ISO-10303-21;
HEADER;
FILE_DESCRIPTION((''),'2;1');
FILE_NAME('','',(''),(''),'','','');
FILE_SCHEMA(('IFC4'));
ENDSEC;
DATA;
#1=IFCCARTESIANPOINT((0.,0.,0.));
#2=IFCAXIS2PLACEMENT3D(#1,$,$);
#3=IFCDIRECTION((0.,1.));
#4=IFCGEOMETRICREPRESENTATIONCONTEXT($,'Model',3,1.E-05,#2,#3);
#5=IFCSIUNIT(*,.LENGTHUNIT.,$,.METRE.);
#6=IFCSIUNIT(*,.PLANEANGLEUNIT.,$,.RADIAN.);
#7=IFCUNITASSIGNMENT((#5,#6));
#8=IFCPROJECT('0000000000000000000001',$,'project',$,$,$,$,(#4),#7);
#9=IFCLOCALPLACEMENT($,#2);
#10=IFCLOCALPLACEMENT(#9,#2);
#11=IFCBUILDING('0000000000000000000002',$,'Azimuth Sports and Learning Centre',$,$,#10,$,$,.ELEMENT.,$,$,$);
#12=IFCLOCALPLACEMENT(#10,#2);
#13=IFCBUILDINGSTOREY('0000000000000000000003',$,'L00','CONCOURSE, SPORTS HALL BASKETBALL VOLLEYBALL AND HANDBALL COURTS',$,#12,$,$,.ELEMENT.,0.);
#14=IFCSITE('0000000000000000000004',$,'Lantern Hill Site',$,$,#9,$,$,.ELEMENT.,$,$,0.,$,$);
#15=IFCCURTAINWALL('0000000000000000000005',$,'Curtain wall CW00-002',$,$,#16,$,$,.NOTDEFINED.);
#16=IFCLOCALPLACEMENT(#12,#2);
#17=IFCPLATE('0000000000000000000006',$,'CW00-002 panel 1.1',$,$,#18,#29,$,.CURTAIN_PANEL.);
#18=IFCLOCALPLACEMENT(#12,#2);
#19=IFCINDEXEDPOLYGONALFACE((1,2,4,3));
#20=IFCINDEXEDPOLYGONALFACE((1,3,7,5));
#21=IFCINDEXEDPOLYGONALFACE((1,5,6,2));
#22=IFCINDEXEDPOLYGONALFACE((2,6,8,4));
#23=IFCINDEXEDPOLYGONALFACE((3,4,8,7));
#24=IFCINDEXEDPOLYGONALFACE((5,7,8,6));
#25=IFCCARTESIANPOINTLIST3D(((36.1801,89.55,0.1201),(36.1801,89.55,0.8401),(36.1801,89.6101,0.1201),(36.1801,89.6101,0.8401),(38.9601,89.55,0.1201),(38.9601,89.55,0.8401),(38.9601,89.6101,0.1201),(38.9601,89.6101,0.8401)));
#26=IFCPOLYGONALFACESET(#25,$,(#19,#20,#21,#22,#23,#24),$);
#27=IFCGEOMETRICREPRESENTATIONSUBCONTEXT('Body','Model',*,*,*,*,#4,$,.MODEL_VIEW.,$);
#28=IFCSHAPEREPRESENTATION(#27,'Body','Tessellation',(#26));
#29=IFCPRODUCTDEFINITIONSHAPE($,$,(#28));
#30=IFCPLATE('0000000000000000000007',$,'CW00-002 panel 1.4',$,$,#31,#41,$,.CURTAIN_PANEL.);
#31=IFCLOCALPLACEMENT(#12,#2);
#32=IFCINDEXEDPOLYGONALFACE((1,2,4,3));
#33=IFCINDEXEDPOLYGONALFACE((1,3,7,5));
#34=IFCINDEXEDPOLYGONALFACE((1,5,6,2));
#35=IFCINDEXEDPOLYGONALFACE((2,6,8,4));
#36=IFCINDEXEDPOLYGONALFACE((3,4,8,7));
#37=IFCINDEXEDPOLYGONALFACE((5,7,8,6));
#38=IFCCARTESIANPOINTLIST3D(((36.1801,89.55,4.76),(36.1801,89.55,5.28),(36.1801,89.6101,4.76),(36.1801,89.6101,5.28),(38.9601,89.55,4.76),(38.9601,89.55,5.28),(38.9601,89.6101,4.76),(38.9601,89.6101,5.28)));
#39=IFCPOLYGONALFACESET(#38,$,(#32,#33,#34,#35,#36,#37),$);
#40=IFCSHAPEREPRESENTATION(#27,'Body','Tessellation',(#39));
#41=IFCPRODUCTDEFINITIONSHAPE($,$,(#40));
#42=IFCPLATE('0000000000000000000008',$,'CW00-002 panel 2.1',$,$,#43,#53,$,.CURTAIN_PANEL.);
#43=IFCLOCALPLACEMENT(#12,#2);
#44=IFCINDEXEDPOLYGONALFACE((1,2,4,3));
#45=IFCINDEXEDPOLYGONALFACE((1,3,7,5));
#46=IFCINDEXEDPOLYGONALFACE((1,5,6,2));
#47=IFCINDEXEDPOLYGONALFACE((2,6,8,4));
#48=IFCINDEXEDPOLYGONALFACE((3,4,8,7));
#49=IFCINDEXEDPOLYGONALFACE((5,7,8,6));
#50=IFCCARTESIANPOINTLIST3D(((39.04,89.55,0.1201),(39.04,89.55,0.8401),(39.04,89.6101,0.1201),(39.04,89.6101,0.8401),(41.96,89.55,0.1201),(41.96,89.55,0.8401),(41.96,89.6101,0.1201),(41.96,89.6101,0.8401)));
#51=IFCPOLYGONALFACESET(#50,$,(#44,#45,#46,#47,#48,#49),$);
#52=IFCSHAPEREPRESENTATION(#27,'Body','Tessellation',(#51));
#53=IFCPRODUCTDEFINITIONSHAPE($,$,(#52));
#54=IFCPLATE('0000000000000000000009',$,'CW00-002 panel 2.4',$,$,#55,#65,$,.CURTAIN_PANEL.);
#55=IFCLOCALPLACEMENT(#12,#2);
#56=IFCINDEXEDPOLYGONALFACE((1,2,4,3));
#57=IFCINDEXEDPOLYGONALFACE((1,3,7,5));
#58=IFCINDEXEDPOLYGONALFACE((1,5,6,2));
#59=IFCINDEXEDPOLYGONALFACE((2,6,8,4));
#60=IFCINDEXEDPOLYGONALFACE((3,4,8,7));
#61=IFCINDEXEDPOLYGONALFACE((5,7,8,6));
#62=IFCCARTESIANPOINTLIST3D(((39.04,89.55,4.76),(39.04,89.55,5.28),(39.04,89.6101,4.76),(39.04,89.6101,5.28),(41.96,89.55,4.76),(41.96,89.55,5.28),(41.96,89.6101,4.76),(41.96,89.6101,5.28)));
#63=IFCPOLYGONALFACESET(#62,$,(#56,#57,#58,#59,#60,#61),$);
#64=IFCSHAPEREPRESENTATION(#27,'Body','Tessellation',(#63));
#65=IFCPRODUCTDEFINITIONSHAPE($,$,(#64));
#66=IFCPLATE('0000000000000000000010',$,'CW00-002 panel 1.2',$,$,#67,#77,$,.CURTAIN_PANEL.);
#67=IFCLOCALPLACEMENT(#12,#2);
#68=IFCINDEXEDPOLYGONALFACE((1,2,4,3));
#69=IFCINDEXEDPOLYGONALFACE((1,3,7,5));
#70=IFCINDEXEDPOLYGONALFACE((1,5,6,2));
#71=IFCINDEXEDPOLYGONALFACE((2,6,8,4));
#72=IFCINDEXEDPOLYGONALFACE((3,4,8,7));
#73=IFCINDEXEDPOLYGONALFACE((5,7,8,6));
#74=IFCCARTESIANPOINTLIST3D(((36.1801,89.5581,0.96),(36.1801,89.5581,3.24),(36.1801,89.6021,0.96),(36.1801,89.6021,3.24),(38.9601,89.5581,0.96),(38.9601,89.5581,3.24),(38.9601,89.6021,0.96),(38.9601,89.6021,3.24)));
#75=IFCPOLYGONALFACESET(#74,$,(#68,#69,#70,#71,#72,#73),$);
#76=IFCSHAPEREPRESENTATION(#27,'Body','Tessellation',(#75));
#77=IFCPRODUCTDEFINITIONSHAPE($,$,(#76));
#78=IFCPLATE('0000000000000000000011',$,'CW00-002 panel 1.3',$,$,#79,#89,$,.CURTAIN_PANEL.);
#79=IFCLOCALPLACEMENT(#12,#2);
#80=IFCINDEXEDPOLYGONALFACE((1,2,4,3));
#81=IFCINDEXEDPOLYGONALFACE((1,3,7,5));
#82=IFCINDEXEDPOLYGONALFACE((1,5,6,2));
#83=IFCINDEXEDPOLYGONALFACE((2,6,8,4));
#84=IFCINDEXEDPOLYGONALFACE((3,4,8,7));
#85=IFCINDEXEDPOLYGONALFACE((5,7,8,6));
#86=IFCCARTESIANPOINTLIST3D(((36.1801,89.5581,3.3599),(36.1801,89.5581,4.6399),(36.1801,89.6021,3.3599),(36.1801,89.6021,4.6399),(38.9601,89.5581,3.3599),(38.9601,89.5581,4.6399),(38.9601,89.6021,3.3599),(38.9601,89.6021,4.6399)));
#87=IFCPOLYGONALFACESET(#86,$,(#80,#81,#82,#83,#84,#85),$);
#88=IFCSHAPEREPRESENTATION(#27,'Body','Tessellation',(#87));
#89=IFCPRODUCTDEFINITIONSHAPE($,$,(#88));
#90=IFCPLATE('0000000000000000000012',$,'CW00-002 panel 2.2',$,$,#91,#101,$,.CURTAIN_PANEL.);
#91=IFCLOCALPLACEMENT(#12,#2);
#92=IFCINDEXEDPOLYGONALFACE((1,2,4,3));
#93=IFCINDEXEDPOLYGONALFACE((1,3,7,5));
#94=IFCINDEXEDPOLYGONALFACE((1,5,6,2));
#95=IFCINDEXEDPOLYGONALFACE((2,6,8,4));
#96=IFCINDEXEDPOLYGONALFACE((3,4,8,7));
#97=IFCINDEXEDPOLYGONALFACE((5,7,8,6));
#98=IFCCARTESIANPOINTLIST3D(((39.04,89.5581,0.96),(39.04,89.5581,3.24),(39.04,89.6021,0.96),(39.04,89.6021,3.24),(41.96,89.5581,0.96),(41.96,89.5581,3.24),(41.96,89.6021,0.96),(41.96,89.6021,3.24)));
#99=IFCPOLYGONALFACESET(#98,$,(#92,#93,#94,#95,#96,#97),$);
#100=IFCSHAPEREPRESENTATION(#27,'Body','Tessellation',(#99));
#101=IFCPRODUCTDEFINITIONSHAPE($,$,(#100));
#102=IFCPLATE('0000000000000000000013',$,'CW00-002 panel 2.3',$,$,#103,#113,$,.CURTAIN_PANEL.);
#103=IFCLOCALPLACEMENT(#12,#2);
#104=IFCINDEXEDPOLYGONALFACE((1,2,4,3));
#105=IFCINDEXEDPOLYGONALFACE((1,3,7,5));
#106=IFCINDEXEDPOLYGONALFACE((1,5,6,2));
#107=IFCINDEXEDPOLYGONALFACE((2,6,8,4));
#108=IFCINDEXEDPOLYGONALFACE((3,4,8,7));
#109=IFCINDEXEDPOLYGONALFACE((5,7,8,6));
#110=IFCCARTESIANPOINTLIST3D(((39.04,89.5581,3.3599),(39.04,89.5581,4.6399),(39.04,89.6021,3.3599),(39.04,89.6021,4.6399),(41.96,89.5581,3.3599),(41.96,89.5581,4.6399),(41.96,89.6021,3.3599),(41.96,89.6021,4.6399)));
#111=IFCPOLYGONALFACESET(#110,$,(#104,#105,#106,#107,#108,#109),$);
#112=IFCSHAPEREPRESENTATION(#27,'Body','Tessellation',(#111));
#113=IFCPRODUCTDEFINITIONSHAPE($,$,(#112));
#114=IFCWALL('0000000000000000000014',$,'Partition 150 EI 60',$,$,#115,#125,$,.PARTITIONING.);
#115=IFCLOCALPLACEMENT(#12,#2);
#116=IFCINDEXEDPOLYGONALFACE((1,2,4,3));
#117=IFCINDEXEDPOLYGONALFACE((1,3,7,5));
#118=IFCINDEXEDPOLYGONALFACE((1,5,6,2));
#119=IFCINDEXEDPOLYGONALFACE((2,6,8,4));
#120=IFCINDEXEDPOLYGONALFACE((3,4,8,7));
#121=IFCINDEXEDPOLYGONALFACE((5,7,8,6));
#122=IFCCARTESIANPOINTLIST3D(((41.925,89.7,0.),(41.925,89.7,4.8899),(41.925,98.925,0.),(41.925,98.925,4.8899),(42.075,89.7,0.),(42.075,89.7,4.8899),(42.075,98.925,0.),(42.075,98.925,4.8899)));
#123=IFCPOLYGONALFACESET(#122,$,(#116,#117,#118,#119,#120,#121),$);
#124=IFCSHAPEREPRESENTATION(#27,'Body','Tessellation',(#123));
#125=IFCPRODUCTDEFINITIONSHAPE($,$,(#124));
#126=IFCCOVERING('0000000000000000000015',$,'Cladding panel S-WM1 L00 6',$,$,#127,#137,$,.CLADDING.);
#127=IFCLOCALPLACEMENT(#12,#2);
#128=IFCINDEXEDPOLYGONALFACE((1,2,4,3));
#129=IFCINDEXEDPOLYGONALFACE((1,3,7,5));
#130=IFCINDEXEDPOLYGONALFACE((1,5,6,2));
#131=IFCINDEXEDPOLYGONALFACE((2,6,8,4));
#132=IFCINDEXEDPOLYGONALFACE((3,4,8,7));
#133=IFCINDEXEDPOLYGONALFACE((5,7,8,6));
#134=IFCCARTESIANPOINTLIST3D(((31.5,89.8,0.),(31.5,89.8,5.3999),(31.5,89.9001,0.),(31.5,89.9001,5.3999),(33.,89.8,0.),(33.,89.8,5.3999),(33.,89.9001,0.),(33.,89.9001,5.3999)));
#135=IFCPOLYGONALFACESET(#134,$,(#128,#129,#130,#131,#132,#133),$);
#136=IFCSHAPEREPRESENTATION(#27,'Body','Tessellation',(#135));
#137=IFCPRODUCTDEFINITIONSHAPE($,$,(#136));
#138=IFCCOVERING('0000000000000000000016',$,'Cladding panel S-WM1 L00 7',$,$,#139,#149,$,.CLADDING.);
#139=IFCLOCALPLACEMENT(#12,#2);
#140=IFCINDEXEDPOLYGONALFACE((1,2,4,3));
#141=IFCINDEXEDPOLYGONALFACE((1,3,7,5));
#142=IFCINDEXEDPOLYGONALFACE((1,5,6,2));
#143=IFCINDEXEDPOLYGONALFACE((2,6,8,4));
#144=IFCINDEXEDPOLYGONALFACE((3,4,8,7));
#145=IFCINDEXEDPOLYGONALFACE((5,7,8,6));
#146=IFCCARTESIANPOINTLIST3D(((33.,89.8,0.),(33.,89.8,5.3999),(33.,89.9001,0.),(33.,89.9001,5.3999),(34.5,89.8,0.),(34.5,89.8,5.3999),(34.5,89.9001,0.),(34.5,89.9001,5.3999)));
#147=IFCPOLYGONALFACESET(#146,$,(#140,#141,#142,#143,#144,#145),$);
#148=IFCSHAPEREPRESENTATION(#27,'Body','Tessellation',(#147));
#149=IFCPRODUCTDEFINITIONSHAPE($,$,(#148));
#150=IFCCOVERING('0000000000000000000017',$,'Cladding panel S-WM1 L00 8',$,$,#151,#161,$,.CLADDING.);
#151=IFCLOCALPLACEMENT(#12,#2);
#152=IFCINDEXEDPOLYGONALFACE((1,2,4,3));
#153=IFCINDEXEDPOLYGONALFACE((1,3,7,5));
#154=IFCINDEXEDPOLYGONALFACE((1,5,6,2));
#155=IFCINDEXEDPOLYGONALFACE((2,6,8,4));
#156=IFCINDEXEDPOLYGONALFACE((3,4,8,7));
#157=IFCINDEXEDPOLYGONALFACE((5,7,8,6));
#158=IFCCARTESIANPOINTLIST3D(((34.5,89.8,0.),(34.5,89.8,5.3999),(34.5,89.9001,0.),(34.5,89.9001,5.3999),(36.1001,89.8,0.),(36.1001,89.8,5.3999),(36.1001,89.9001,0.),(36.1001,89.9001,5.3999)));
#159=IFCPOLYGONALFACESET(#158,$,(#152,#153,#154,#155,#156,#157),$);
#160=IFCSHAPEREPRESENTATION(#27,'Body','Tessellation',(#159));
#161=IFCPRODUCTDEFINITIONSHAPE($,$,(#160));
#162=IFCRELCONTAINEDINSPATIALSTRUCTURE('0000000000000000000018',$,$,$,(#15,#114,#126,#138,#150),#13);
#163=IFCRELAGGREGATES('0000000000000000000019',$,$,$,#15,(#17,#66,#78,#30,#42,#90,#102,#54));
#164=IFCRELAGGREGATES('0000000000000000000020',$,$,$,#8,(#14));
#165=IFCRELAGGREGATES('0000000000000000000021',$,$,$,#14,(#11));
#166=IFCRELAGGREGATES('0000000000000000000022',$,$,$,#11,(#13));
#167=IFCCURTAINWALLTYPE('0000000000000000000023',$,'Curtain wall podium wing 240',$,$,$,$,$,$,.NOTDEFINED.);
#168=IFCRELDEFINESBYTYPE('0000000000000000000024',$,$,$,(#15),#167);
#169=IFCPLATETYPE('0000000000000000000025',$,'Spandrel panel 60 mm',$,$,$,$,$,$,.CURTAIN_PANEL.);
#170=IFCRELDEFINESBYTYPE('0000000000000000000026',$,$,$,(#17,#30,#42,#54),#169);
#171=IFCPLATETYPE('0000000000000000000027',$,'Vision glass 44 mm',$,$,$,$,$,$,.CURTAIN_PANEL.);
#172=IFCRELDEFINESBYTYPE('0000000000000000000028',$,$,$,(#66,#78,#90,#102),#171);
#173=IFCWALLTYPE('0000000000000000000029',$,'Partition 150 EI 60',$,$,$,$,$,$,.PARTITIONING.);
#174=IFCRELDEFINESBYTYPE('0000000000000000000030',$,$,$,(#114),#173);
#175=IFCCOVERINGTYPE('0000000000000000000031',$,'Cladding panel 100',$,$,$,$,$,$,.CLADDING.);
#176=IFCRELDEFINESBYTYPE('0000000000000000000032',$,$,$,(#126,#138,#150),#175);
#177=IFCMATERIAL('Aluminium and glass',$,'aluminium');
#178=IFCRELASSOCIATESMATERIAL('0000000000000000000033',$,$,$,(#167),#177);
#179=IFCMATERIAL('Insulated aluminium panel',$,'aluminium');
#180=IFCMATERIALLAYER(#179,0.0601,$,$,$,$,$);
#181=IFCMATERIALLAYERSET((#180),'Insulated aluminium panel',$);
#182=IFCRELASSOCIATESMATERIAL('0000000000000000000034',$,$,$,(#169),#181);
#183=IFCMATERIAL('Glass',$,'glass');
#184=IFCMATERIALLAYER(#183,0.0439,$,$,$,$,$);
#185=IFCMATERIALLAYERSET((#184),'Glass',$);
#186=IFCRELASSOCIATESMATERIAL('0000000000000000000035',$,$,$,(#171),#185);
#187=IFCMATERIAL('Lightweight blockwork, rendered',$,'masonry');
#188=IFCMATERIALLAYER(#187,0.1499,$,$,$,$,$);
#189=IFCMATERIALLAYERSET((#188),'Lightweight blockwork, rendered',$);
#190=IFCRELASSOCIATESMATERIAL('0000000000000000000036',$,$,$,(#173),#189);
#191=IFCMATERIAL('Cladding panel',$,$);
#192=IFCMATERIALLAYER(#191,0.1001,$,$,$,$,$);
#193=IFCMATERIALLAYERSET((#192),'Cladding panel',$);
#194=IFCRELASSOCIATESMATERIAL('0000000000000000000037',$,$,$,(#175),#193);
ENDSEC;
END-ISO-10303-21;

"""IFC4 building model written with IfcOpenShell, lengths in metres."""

from ifc_helpers import new_model, si_unit, direction, frame, frame_2d, origin, origin_2d, place, context, subcontext, project, spatial, rectangle, extrude, material, layer, layer_set, type_object, element, aggregate, save


model = new_model("IFC4")

# Units and contexts
model_context = context("Model", 3, precision=1e-05, world=origin(), true_north=direction((0.0, 1.0)))
body_context = subcontext(model_context, "Body", "Model", "MODEL_VIEW")
ifc_project = project(units=[si_unit("LENGTHUNIT", "METRE"), si_unit("PLANEANGLEUNIT", "RADIAN")], contexts=[model_context])

# Site, building, storey
site_placement = place(None, origin())
site = spatial("IfcSite", under=ifc_project, at=site_placement, Name="Lantern Hill Site", CompositionType="ELEMENT", RefElevation=0.0)
building_placement = place(site_placement, origin())
building = spatial("IfcBuilding", under=site, at=building_placement, Name="Azimuth Sports and Learning Centre", CompositionType="ELEMENT")
storey_placement = place(building_placement, origin())
storey = spatial("IfcBuildingStorey", under=building, at=storey_placement, Name="L00", Description="CONCOURSE, SPORTS HALL BASKETBALL VOLLEYBALL AND HANDBALL COURTS", CompositionType="ELEMENT", Elevation=0.0)

# Curtain wall, plates
ifc_material_1 = material(Name="Aluminium and glass", Category="aluminium")
curtain_wall_type = type_object("IfcCurtainWallType", Name="Curtain wall podium wing 240", PredefinedType="NOTDEFINED", material=ifc_material_1)
curtain_wall_placement = place(storey_placement, origin())
curtain_wall = element("IfcCurtainWall", 1, at=curtain_wall_placement, inside=storey, type_object=curtain_wall_type, Name="Curtain wall CW00-002", PredefinedType="NOTDEFINED")
ifc_material_2 = material(Name="Insulated aluminium panel", Category="aluminium")
ifc_layer_1 = layer(ifc_material_2, 0.0601)
ifc_layer_set_1 = layer_set([ifc_layer_1], Name="Insulated aluminium panel")
plate_type_1 = type_object("IfcPlateType", Name="Spandrel panel 60 mm", PredefinedType="CURTAIN_PANEL", material=ifc_layer_set_1)
plate_1_placement = place(storey_placement, frame((37.5701, 89.5801, 0.1201), z_axis=(0.0, 0.0, 1.0), x_axis=(1.0, 0.0, 0.0)))
plate_1 = element("IfcPlate", 2, at=plate_1_placement, type_object=plate_type_1, Name="CW00-002 panel 1.1", PredefinedType="CURTAIN_PANEL", context=body_context, shape_type="SweptSolid", body=[
    extrude(rectangle(XDim=2.78, YDim=0.0601, at=origin_2d()), origin(), (0.0, 0.0, 1.0), 0.72),
])
plate_2_placement = place(storey_placement, frame((37.5701, 89.5801, 4.76), z_axis=(0.0, 0.0, 1.0), x_axis=(1.0, 0.0, 0.0)))
plate_2 = element("IfcPlate", 3, at=plate_2_placement, type_object=plate_type_1, Name="CW00-002 panel 1.4", PredefinedType="CURTAIN_PANEL", context=body_context, shape_type="SweptSolid", body=[
    extrude(rectangle(XDim=2.78, YDim=0.0601, at=origin_2d()), origin(), (0.0, 0.0, 1.0), 0.52),
])
plate_3_placement = place(storey_placement, frame((40.5, 89.5801, 0.1201), z_axis=(0.0, 0.0, 1.0), x_axis=(1.0, 0.0, 0.0)))
plate_3 = element("IfcPlate", 4, at=plate_3_placement, type_object=plate_type_1, Name="CW00-002 panel 2.1", PredefinedType="CURTAIN_PANEL", context=body_context, shape_type="SweptSolid", body=[
    extrude(rectangle(XDim=2.9199, YDim=0.0601, at=origin_2d()), origin(), (0.0, 0.0, 1.0), 0.72),
])
plate_4_placement = place(storey_placement, frame((40.5, 89.5801, 4.76), z_axis=(0.0, 0.0, 1.0), x_axis=(1.0, 0.0, 0.0)))
plate_4 = element("IfcPlate", 5, at=plate_4_placement, type_object=plate_type_1, Name="CW00-002 panel 2.4", PredefinedType="CURTAIN_PANEL", context=body_context, shape_type="SweptSolid", body=[
    extrude(rectangle(XDim=2.9199, YDim=0.0601, at=origin_2d()), origin(), (0.0, 0.0, 1.0), 0.52),
])
ifc_material_3 = material(Name="Glass", Category="glass")
ifc_layer_2 = layer(ifc_material_3, 0.0439)
ifc_layer_set_2 = layer_set([ifc_layer_2], Name="Glass")
plate_type_2 = type_object("IfcPlateType", Name="Vision glass 44 mm", PredefinedType="CURTAIN_PANEL", material=ifc_layer_set_2)
plate_5_placement = place(storey_placement, frame((37.5701, 89.5801, 0.96), z_axis=(0.0, 0.0, 1.0), x_axis=(1.0, 0.0, 0.0)))
plate_5 = element("IfcPlate", 6, at=plate_5_placement, type_object=plate_type_2, Name="CW00-002 panel 1.2", PredefinedType="CURTAIN_PANEL", context=body_context, shape_type="SweptSolid", body=[
    extrude(rectangle(XDim=2.78, YDim=0.0439, at=origin_2d()), origin(), (0.0, 0.0, 1.0), 2.28),
])
plate_6_placement = place(storey_placement, frame((37.5701, 89.5801, 3.3599), z_axis=(0.0, 0.0, 1.0), x_axis=(1.0, 0.0, 0.0)))
plate_6 = element("IfcPlate", 7, at=plate_6_placement, type_object=plate_type_2, Name="CW00-002 panel 1.3", PredefinedType="CURTAIN_PANEL", context=body_context, shape_type="SweptSolid", body=[
    extrude(rectangle(XDim=2.78, YDim=0.0439, at=origin_2d()), origin(), (0.0, 0.0, 1.0), 1.28),
])
plate_7_placement = place(storey_placement, frame((40.5, 89.5801, 0.96), z_axis=(0.0, 0.0, 1.0), x_axis=(1.0, 0.0, 0.0)))
plate_7 = element("IfcPlate", 8, at=plate_7_placement, type_object=plate_type_2, Name="CW00-002 panel 2.2", PredefinedType="CURTAIN_PANEL", context=body_context, shape_type="SweptSolid", body=[
    extrude(rectangle(XDim=2.9199, YDim=0.0439, at=origin_2d()), origin(), (0.0, 0.0, 1.0), 2.28),
])
plate_8_placement = place(storey_placement, frame((40.5, 89.5801, 3.3599), z_axis=(0.0, 0.0, 1.0), x_axis=(1.0, 0.0, 0.0)))
plate_8 = element("IfcPlate", 9, at=plate_8_placement, type_object=plate_type_2, Name="CW00-002 panel 2.3", PredefinedType="CURTAIN_PANEL", context=body_context, shape_type="SweptSolid", body=[
    extrude(rectangle(XDim=2.9199, YDim=0.0439, at=origin_2d()), origin(), (0.0, 0.0, 1.0), 1.28),
])
aggregate(curtain_wall, [plate_1, plate_5, plate_6, plate_2, plate_3, plate_7, plate_8, plate_4])

# Wall
ifc_material_4 = material(Name="Lightweight blockwork, rendered", Category="masonry")
ifc_layer_3 = layer(ifc_material_4, 0.1499)
ifc_layer_set_3 = layer_set([ifc_layer_3], Name="Lightweight blockwork, rendered")
wall_type = type_object("IfcWallType", Name="Partition 150 EI 60", PredefinedType="PARTITIONING", material=ifc_layer_set_3)
wall_placement = place(storey_placement, frame((42.0, 89.7, 0.0), z_axis=(0.0, 0.0, 1.0), x_axis=(0.0, 1.0, 0.0)))
element("IfcWall", 10, at=wall_placement, inside=storey, type_object=wall_type, Name="Partition 150 EI 60", PredefinedType="PARTITIONING", context=body_context, shape_type="SweptSolid", body=[
    extrude(rectangle(XDim=9.2251, YDim=0.1499, at=frame_2d((4.6125, 0.0))), origin(), (0.0, 0.0, 1.0), 4.8899),
])

# Coverings
ifc_material_5 = material(Name="Cladding panel")
ifc_layer_4 = layer(ifc_material_5, 0.1001)
ifc_layer_set_4 = layer_set([ifc_layer_4], Name="Cladding panel")
covering_type = type_object("IfcCoveringType", Name="Cladding panel 100", PredefinedType="CLADDING", material=ifc_layer_set_4)
for number, where, z_axis, x_axis, name in (
    (11, (32.25, 89.8501, 0.0), (0.0, 0.0, 1.0), (1.0, 0.0, 0.0), "Cladding panel S-WM1 L00 6"),
    (12, (33.75, 89.8501, 0.0), (0.0, 0.0, 1.0), (1.0, 0.0, 0.0), "Cladding panel S-WM1 L00 7"),
):
    element("IfcCovering", number, at=place(storey_placement, frame(where, z_axis=z_axis, x_axis=x_axis)), inside=storey, type_object=covering_type, Name=name, PredefinedType="CLADDING", context=body_context, shape_type="SweptSolid", body=[
        extrude(rectangle(XDim=1.5, YDim=0.1001, at=origin_2d()), origin(), (0.0, 0.0, 1.0), 5.3999),
    ])
covering_placement = place(storey_placement, frame((35.3, 89.8501, 0.0), z_axis=(0.0, 0.0, 1.0), x_axis=(1.0, 0.0, 0.0)))
element("IfcCovering", 13, at=covering_placement, inside=storey, type_object=covering_type, Name="Cladding panel S-WM1 L00 8", PredefinedType="CLADDING", context=body_context, shape_type="SweptSolid", body=[
    extrude(rectangle(XDim=1.6001, YDim=0.1001, at=origin_2d()), origin(), (0.0, 0.0, 1.0), 5.3999),
])

save(model, "model.ifc")
